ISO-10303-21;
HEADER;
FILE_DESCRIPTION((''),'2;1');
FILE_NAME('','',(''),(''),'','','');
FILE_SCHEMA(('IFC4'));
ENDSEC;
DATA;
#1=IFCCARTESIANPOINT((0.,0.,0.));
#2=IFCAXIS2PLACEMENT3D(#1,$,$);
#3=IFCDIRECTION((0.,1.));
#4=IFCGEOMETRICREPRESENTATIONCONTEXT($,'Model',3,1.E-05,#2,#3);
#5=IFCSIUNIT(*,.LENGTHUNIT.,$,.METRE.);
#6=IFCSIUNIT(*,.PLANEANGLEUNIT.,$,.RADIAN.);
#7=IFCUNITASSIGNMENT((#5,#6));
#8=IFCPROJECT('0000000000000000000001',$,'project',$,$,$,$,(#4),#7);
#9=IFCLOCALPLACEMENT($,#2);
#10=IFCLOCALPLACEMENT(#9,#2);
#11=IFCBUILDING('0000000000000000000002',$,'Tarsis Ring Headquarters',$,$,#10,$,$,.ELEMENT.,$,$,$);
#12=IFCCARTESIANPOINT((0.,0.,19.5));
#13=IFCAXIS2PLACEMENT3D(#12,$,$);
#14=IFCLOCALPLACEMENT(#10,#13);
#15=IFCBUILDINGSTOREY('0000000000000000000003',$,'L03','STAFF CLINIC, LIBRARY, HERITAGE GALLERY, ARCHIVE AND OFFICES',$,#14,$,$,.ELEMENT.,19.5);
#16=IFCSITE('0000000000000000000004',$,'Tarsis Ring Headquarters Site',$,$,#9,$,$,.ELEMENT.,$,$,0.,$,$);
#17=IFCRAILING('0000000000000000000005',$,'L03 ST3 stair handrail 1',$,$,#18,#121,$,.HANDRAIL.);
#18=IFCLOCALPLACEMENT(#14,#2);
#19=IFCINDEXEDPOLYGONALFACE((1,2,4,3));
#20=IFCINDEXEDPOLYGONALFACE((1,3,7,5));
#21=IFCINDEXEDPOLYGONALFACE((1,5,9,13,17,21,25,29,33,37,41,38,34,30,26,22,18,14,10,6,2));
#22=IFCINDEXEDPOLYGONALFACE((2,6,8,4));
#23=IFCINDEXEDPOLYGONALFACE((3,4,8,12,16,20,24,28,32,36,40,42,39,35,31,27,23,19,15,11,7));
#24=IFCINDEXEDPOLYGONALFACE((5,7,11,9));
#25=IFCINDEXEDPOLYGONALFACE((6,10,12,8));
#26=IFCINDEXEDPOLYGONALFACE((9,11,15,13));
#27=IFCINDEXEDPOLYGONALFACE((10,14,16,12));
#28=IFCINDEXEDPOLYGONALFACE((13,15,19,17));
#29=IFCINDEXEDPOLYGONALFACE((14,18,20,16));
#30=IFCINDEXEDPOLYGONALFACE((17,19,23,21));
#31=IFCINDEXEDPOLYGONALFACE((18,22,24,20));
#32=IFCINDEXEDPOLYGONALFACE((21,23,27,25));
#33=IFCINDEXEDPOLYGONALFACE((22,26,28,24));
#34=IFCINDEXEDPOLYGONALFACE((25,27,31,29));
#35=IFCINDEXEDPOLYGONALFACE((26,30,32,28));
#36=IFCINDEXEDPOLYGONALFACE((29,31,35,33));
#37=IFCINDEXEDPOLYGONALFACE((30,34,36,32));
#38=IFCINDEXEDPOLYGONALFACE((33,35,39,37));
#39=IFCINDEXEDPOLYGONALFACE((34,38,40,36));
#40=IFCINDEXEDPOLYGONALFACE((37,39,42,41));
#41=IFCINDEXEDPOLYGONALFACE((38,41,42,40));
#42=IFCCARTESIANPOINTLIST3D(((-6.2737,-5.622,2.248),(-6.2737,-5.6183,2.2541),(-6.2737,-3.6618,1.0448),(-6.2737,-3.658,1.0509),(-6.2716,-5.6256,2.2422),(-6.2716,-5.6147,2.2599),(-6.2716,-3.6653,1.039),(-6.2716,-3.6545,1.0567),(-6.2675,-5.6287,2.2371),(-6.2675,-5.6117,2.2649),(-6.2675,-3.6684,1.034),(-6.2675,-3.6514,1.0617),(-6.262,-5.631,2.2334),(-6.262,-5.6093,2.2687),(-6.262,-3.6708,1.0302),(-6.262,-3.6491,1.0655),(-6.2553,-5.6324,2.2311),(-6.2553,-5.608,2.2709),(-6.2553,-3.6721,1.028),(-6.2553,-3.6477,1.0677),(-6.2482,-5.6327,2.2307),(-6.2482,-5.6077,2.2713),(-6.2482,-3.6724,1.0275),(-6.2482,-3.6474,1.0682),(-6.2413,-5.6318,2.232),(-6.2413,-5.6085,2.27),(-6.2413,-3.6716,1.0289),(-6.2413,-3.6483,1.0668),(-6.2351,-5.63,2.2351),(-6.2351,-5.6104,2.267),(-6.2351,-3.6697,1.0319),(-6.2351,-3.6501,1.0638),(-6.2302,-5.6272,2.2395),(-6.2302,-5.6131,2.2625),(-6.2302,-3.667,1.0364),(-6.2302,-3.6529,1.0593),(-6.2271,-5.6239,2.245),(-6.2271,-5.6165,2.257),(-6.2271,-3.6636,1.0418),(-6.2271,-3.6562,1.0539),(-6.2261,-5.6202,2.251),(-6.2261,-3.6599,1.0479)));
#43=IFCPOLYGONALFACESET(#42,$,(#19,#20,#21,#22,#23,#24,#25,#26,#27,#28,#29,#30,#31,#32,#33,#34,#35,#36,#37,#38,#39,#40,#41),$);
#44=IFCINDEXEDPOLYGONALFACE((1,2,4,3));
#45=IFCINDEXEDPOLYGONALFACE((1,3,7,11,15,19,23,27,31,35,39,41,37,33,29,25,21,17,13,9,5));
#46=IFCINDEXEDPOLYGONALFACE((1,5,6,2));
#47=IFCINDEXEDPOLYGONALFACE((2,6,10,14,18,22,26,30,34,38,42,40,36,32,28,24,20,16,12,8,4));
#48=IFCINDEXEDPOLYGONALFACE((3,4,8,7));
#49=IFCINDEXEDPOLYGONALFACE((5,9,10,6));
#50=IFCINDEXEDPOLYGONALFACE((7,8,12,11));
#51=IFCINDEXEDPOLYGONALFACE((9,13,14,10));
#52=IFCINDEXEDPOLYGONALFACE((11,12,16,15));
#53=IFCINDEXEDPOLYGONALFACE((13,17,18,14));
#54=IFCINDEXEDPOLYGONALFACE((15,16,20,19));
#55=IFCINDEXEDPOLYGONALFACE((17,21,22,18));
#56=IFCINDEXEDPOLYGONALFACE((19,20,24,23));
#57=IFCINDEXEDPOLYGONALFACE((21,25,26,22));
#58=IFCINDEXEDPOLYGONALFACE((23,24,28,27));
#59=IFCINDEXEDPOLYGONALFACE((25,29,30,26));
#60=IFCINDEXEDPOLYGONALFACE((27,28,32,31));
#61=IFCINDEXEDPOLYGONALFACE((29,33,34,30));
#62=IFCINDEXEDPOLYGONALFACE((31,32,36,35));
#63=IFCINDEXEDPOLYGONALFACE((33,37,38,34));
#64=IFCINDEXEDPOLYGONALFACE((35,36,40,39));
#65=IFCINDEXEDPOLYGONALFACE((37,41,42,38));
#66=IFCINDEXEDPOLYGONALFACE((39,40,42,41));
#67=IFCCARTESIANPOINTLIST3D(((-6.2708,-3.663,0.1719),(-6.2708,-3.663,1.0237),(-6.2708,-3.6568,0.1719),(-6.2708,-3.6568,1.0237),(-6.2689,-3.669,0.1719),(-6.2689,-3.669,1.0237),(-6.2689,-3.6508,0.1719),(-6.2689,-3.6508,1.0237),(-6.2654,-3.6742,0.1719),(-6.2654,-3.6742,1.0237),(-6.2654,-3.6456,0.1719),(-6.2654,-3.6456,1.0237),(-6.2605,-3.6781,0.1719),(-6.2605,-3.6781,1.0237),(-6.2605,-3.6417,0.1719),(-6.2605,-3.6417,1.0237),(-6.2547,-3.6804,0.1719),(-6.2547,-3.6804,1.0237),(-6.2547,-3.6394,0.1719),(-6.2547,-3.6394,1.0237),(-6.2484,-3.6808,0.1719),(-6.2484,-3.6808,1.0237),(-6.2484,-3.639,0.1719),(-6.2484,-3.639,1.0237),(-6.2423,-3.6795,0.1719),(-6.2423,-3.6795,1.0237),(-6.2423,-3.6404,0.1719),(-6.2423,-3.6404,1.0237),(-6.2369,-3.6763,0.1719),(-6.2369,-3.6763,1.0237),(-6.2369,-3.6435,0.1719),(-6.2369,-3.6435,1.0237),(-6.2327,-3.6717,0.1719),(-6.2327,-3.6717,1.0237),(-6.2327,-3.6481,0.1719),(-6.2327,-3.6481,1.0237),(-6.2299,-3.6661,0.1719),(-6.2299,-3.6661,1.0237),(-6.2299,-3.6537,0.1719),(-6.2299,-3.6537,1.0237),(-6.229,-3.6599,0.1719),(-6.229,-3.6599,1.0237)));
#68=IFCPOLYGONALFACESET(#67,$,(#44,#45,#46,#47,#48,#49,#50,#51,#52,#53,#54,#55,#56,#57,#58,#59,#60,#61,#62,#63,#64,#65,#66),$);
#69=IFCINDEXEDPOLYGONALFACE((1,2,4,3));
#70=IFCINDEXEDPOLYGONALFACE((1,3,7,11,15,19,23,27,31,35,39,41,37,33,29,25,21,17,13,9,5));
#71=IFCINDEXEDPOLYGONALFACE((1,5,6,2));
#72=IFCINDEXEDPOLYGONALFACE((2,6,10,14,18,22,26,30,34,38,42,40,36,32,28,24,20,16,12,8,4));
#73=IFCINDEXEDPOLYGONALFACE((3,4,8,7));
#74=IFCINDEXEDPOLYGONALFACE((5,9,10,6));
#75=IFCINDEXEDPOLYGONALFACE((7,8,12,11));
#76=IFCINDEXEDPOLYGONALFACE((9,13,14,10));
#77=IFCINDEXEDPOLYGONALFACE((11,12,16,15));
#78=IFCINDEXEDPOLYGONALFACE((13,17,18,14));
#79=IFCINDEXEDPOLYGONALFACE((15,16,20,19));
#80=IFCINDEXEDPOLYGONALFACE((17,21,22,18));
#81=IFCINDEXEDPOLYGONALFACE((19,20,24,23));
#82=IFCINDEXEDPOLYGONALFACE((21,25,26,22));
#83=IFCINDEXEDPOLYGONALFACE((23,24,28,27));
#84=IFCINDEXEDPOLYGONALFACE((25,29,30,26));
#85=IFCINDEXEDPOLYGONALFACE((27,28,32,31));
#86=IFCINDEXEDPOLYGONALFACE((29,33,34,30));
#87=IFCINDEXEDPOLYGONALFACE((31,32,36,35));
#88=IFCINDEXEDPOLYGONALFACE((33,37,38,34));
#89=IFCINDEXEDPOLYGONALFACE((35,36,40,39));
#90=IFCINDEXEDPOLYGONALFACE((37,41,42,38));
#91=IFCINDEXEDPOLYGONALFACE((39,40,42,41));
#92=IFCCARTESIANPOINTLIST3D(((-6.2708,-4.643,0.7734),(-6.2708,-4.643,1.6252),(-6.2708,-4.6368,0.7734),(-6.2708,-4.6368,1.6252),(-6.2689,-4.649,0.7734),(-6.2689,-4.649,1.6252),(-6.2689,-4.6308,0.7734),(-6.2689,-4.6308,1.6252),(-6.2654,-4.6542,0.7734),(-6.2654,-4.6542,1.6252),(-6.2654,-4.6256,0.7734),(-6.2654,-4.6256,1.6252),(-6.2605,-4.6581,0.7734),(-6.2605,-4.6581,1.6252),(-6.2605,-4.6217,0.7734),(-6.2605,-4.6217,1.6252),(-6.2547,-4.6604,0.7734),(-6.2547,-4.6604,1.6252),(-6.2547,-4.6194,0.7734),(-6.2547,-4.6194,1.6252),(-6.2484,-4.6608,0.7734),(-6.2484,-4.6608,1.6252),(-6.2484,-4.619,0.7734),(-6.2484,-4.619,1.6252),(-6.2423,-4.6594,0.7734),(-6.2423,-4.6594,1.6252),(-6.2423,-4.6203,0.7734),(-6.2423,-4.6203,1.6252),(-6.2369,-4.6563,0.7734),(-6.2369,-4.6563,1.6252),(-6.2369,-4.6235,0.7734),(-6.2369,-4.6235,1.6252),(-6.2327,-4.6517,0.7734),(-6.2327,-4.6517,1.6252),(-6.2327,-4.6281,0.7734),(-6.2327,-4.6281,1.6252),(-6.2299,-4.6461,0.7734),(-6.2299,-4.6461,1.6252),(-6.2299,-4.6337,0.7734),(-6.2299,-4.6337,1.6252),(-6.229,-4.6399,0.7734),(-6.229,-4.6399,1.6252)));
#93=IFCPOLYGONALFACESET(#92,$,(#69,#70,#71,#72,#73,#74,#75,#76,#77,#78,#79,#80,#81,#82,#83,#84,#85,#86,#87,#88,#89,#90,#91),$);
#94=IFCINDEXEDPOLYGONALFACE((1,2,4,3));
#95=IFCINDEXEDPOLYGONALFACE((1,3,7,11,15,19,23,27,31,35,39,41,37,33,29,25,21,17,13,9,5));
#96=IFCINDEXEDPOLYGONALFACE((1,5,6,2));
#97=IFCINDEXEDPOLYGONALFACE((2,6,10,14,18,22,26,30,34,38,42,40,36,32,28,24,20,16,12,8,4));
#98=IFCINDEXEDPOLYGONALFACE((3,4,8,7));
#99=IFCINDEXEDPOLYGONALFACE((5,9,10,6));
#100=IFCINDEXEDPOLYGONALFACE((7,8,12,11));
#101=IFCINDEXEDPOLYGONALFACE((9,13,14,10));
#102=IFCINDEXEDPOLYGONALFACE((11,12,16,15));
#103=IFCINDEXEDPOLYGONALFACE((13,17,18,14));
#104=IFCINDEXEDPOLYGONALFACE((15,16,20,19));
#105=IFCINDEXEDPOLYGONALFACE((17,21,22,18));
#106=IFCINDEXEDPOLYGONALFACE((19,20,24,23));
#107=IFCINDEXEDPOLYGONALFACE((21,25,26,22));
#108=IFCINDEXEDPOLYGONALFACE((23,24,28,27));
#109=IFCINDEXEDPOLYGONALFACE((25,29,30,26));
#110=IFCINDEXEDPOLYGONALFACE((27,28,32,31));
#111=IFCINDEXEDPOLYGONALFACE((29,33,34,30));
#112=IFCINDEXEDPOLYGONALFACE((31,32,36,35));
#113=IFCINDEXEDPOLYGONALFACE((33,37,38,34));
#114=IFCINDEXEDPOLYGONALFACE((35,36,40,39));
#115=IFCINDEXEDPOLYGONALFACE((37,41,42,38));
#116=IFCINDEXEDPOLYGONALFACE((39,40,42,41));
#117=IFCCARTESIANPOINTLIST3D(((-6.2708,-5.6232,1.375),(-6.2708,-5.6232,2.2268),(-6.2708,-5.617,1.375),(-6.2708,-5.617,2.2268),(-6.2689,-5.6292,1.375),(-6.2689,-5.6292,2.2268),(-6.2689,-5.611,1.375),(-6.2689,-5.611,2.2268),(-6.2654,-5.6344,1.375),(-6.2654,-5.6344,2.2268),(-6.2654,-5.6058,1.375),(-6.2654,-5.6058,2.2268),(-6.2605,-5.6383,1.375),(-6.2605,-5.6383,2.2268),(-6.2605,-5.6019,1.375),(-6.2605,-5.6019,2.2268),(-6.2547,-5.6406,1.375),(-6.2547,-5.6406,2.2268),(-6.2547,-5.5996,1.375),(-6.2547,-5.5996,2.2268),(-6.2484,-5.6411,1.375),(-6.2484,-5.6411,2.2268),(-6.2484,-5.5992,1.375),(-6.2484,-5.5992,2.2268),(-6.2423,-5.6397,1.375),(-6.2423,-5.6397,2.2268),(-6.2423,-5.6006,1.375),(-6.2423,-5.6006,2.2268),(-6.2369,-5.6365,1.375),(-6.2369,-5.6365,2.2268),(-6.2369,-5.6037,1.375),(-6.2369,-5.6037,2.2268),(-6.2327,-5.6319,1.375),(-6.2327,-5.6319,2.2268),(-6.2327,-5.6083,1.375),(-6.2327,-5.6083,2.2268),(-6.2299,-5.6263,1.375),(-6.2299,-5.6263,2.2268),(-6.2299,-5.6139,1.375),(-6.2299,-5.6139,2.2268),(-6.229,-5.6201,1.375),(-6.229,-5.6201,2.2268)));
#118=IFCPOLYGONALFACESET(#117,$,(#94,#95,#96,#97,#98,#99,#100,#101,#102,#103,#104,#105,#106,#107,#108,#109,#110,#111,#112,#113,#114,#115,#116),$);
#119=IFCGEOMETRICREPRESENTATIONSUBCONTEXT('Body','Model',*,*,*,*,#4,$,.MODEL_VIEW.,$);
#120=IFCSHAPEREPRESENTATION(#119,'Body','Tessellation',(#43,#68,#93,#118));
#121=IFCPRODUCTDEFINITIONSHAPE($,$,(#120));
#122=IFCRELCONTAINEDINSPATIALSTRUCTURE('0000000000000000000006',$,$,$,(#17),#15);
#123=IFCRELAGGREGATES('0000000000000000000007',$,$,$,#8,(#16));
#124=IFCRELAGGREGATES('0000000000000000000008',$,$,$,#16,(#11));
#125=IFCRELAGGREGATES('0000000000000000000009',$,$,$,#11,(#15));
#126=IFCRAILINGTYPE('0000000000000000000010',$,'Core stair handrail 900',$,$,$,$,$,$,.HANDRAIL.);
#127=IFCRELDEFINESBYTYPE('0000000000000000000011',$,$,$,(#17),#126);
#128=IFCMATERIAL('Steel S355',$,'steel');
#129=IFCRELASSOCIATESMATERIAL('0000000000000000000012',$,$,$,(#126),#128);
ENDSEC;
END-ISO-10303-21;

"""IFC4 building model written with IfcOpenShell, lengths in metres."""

from ifc_helpers import new_model, si_unit, direction, frame, origin, origin_2d, place, context, subcontext, project, spatial, circle, extrude, material, type_object, element, save


model = new_model("IFC4")

# Units and contexts
model_context = context("Model", 3, precision=1e-05, world=origin(), true_north=direction((0.0, 1.0)))
body_context = subcontext(model_context, "Body", "Model", "MODEL_VIEW")
ifc_project = project(units=[si_unit("LENGTHUNIT", "METRE"), si_unit("PLANEANGLEUNIT", "RADIAN")], contexts=[model_context])

# Site, building, storey
site_placement = place(None, origin())
site = spatial("IfcSite", under=ifc_project, at=site_placement, Name="Tarsis Ring Headquarters Site", CompositionType="ELEMENT", RefElevation=0.0)
building_placement = place(site_placement, origin())
building = spatial("IfcBuilding", under=site, at=building_placement, Name="Tarsis Ring Headquarters", CompositionType="ELEMENT")
storey_placement = place(building_placement, frame((0.0, 0.0, 19.5)))
storey = spatial("IfcBuildingStorey", under=building, at=storey_placement, Name="L03", Description="STAFF CLINIC, LIBRARY, HERITAGE GALLERY, ARCHIVE AND OFFICES", CompositionType="ELEMENT", Elevation=19.5)

# Shared definitions
ifc_material_1 = material(Name="Steel S355", Category="steel")

# Railing
railing_type_1 = type_object("IfcRailingType", Name="Core stair handrail 900", PredefinedType="HANDRAIL", material=ifc_material_1)
railing_1_placement = place(storey_placement, frame((-6.25, -3.6599, 0.1719)))
element("IfcRailing", 1, at=railing_1_placement, inside=storey, type_object=railing_type_1, Name="L03 ST3 stair handrail 1", PredefinedType="HANDRAIL", context=body_context, shape_type="SweptSolid", body=[
    extrude(circle(Radius=0.0239, at=origin_2d()), frame((0.0, 0.0, 0.876), z_axis=(0.0, -0.85227, 0.523102), x_axis=(1.0, 0.0, 0.0)), (0.0, 0.0, 1.0), 2.3),
    extrude(circle(Radius=0.021, at=origin_2d()), origin(), (0.0, 0.0, 1.0), 0.8518),
    extrude(circle(Radius=0.021, at=origin_2d()), frame((0.0, -0.98, 0.6016)), (0.0, 0.0, 1.0), 0.8518),
    extrude(circle(Radius=0.021, at=origin_2d()), frame((0.0, -1.9602, 1.2031)), (0.0, 0.0, 1.0), 0.8518),
])

save(model, "model.ifc")
